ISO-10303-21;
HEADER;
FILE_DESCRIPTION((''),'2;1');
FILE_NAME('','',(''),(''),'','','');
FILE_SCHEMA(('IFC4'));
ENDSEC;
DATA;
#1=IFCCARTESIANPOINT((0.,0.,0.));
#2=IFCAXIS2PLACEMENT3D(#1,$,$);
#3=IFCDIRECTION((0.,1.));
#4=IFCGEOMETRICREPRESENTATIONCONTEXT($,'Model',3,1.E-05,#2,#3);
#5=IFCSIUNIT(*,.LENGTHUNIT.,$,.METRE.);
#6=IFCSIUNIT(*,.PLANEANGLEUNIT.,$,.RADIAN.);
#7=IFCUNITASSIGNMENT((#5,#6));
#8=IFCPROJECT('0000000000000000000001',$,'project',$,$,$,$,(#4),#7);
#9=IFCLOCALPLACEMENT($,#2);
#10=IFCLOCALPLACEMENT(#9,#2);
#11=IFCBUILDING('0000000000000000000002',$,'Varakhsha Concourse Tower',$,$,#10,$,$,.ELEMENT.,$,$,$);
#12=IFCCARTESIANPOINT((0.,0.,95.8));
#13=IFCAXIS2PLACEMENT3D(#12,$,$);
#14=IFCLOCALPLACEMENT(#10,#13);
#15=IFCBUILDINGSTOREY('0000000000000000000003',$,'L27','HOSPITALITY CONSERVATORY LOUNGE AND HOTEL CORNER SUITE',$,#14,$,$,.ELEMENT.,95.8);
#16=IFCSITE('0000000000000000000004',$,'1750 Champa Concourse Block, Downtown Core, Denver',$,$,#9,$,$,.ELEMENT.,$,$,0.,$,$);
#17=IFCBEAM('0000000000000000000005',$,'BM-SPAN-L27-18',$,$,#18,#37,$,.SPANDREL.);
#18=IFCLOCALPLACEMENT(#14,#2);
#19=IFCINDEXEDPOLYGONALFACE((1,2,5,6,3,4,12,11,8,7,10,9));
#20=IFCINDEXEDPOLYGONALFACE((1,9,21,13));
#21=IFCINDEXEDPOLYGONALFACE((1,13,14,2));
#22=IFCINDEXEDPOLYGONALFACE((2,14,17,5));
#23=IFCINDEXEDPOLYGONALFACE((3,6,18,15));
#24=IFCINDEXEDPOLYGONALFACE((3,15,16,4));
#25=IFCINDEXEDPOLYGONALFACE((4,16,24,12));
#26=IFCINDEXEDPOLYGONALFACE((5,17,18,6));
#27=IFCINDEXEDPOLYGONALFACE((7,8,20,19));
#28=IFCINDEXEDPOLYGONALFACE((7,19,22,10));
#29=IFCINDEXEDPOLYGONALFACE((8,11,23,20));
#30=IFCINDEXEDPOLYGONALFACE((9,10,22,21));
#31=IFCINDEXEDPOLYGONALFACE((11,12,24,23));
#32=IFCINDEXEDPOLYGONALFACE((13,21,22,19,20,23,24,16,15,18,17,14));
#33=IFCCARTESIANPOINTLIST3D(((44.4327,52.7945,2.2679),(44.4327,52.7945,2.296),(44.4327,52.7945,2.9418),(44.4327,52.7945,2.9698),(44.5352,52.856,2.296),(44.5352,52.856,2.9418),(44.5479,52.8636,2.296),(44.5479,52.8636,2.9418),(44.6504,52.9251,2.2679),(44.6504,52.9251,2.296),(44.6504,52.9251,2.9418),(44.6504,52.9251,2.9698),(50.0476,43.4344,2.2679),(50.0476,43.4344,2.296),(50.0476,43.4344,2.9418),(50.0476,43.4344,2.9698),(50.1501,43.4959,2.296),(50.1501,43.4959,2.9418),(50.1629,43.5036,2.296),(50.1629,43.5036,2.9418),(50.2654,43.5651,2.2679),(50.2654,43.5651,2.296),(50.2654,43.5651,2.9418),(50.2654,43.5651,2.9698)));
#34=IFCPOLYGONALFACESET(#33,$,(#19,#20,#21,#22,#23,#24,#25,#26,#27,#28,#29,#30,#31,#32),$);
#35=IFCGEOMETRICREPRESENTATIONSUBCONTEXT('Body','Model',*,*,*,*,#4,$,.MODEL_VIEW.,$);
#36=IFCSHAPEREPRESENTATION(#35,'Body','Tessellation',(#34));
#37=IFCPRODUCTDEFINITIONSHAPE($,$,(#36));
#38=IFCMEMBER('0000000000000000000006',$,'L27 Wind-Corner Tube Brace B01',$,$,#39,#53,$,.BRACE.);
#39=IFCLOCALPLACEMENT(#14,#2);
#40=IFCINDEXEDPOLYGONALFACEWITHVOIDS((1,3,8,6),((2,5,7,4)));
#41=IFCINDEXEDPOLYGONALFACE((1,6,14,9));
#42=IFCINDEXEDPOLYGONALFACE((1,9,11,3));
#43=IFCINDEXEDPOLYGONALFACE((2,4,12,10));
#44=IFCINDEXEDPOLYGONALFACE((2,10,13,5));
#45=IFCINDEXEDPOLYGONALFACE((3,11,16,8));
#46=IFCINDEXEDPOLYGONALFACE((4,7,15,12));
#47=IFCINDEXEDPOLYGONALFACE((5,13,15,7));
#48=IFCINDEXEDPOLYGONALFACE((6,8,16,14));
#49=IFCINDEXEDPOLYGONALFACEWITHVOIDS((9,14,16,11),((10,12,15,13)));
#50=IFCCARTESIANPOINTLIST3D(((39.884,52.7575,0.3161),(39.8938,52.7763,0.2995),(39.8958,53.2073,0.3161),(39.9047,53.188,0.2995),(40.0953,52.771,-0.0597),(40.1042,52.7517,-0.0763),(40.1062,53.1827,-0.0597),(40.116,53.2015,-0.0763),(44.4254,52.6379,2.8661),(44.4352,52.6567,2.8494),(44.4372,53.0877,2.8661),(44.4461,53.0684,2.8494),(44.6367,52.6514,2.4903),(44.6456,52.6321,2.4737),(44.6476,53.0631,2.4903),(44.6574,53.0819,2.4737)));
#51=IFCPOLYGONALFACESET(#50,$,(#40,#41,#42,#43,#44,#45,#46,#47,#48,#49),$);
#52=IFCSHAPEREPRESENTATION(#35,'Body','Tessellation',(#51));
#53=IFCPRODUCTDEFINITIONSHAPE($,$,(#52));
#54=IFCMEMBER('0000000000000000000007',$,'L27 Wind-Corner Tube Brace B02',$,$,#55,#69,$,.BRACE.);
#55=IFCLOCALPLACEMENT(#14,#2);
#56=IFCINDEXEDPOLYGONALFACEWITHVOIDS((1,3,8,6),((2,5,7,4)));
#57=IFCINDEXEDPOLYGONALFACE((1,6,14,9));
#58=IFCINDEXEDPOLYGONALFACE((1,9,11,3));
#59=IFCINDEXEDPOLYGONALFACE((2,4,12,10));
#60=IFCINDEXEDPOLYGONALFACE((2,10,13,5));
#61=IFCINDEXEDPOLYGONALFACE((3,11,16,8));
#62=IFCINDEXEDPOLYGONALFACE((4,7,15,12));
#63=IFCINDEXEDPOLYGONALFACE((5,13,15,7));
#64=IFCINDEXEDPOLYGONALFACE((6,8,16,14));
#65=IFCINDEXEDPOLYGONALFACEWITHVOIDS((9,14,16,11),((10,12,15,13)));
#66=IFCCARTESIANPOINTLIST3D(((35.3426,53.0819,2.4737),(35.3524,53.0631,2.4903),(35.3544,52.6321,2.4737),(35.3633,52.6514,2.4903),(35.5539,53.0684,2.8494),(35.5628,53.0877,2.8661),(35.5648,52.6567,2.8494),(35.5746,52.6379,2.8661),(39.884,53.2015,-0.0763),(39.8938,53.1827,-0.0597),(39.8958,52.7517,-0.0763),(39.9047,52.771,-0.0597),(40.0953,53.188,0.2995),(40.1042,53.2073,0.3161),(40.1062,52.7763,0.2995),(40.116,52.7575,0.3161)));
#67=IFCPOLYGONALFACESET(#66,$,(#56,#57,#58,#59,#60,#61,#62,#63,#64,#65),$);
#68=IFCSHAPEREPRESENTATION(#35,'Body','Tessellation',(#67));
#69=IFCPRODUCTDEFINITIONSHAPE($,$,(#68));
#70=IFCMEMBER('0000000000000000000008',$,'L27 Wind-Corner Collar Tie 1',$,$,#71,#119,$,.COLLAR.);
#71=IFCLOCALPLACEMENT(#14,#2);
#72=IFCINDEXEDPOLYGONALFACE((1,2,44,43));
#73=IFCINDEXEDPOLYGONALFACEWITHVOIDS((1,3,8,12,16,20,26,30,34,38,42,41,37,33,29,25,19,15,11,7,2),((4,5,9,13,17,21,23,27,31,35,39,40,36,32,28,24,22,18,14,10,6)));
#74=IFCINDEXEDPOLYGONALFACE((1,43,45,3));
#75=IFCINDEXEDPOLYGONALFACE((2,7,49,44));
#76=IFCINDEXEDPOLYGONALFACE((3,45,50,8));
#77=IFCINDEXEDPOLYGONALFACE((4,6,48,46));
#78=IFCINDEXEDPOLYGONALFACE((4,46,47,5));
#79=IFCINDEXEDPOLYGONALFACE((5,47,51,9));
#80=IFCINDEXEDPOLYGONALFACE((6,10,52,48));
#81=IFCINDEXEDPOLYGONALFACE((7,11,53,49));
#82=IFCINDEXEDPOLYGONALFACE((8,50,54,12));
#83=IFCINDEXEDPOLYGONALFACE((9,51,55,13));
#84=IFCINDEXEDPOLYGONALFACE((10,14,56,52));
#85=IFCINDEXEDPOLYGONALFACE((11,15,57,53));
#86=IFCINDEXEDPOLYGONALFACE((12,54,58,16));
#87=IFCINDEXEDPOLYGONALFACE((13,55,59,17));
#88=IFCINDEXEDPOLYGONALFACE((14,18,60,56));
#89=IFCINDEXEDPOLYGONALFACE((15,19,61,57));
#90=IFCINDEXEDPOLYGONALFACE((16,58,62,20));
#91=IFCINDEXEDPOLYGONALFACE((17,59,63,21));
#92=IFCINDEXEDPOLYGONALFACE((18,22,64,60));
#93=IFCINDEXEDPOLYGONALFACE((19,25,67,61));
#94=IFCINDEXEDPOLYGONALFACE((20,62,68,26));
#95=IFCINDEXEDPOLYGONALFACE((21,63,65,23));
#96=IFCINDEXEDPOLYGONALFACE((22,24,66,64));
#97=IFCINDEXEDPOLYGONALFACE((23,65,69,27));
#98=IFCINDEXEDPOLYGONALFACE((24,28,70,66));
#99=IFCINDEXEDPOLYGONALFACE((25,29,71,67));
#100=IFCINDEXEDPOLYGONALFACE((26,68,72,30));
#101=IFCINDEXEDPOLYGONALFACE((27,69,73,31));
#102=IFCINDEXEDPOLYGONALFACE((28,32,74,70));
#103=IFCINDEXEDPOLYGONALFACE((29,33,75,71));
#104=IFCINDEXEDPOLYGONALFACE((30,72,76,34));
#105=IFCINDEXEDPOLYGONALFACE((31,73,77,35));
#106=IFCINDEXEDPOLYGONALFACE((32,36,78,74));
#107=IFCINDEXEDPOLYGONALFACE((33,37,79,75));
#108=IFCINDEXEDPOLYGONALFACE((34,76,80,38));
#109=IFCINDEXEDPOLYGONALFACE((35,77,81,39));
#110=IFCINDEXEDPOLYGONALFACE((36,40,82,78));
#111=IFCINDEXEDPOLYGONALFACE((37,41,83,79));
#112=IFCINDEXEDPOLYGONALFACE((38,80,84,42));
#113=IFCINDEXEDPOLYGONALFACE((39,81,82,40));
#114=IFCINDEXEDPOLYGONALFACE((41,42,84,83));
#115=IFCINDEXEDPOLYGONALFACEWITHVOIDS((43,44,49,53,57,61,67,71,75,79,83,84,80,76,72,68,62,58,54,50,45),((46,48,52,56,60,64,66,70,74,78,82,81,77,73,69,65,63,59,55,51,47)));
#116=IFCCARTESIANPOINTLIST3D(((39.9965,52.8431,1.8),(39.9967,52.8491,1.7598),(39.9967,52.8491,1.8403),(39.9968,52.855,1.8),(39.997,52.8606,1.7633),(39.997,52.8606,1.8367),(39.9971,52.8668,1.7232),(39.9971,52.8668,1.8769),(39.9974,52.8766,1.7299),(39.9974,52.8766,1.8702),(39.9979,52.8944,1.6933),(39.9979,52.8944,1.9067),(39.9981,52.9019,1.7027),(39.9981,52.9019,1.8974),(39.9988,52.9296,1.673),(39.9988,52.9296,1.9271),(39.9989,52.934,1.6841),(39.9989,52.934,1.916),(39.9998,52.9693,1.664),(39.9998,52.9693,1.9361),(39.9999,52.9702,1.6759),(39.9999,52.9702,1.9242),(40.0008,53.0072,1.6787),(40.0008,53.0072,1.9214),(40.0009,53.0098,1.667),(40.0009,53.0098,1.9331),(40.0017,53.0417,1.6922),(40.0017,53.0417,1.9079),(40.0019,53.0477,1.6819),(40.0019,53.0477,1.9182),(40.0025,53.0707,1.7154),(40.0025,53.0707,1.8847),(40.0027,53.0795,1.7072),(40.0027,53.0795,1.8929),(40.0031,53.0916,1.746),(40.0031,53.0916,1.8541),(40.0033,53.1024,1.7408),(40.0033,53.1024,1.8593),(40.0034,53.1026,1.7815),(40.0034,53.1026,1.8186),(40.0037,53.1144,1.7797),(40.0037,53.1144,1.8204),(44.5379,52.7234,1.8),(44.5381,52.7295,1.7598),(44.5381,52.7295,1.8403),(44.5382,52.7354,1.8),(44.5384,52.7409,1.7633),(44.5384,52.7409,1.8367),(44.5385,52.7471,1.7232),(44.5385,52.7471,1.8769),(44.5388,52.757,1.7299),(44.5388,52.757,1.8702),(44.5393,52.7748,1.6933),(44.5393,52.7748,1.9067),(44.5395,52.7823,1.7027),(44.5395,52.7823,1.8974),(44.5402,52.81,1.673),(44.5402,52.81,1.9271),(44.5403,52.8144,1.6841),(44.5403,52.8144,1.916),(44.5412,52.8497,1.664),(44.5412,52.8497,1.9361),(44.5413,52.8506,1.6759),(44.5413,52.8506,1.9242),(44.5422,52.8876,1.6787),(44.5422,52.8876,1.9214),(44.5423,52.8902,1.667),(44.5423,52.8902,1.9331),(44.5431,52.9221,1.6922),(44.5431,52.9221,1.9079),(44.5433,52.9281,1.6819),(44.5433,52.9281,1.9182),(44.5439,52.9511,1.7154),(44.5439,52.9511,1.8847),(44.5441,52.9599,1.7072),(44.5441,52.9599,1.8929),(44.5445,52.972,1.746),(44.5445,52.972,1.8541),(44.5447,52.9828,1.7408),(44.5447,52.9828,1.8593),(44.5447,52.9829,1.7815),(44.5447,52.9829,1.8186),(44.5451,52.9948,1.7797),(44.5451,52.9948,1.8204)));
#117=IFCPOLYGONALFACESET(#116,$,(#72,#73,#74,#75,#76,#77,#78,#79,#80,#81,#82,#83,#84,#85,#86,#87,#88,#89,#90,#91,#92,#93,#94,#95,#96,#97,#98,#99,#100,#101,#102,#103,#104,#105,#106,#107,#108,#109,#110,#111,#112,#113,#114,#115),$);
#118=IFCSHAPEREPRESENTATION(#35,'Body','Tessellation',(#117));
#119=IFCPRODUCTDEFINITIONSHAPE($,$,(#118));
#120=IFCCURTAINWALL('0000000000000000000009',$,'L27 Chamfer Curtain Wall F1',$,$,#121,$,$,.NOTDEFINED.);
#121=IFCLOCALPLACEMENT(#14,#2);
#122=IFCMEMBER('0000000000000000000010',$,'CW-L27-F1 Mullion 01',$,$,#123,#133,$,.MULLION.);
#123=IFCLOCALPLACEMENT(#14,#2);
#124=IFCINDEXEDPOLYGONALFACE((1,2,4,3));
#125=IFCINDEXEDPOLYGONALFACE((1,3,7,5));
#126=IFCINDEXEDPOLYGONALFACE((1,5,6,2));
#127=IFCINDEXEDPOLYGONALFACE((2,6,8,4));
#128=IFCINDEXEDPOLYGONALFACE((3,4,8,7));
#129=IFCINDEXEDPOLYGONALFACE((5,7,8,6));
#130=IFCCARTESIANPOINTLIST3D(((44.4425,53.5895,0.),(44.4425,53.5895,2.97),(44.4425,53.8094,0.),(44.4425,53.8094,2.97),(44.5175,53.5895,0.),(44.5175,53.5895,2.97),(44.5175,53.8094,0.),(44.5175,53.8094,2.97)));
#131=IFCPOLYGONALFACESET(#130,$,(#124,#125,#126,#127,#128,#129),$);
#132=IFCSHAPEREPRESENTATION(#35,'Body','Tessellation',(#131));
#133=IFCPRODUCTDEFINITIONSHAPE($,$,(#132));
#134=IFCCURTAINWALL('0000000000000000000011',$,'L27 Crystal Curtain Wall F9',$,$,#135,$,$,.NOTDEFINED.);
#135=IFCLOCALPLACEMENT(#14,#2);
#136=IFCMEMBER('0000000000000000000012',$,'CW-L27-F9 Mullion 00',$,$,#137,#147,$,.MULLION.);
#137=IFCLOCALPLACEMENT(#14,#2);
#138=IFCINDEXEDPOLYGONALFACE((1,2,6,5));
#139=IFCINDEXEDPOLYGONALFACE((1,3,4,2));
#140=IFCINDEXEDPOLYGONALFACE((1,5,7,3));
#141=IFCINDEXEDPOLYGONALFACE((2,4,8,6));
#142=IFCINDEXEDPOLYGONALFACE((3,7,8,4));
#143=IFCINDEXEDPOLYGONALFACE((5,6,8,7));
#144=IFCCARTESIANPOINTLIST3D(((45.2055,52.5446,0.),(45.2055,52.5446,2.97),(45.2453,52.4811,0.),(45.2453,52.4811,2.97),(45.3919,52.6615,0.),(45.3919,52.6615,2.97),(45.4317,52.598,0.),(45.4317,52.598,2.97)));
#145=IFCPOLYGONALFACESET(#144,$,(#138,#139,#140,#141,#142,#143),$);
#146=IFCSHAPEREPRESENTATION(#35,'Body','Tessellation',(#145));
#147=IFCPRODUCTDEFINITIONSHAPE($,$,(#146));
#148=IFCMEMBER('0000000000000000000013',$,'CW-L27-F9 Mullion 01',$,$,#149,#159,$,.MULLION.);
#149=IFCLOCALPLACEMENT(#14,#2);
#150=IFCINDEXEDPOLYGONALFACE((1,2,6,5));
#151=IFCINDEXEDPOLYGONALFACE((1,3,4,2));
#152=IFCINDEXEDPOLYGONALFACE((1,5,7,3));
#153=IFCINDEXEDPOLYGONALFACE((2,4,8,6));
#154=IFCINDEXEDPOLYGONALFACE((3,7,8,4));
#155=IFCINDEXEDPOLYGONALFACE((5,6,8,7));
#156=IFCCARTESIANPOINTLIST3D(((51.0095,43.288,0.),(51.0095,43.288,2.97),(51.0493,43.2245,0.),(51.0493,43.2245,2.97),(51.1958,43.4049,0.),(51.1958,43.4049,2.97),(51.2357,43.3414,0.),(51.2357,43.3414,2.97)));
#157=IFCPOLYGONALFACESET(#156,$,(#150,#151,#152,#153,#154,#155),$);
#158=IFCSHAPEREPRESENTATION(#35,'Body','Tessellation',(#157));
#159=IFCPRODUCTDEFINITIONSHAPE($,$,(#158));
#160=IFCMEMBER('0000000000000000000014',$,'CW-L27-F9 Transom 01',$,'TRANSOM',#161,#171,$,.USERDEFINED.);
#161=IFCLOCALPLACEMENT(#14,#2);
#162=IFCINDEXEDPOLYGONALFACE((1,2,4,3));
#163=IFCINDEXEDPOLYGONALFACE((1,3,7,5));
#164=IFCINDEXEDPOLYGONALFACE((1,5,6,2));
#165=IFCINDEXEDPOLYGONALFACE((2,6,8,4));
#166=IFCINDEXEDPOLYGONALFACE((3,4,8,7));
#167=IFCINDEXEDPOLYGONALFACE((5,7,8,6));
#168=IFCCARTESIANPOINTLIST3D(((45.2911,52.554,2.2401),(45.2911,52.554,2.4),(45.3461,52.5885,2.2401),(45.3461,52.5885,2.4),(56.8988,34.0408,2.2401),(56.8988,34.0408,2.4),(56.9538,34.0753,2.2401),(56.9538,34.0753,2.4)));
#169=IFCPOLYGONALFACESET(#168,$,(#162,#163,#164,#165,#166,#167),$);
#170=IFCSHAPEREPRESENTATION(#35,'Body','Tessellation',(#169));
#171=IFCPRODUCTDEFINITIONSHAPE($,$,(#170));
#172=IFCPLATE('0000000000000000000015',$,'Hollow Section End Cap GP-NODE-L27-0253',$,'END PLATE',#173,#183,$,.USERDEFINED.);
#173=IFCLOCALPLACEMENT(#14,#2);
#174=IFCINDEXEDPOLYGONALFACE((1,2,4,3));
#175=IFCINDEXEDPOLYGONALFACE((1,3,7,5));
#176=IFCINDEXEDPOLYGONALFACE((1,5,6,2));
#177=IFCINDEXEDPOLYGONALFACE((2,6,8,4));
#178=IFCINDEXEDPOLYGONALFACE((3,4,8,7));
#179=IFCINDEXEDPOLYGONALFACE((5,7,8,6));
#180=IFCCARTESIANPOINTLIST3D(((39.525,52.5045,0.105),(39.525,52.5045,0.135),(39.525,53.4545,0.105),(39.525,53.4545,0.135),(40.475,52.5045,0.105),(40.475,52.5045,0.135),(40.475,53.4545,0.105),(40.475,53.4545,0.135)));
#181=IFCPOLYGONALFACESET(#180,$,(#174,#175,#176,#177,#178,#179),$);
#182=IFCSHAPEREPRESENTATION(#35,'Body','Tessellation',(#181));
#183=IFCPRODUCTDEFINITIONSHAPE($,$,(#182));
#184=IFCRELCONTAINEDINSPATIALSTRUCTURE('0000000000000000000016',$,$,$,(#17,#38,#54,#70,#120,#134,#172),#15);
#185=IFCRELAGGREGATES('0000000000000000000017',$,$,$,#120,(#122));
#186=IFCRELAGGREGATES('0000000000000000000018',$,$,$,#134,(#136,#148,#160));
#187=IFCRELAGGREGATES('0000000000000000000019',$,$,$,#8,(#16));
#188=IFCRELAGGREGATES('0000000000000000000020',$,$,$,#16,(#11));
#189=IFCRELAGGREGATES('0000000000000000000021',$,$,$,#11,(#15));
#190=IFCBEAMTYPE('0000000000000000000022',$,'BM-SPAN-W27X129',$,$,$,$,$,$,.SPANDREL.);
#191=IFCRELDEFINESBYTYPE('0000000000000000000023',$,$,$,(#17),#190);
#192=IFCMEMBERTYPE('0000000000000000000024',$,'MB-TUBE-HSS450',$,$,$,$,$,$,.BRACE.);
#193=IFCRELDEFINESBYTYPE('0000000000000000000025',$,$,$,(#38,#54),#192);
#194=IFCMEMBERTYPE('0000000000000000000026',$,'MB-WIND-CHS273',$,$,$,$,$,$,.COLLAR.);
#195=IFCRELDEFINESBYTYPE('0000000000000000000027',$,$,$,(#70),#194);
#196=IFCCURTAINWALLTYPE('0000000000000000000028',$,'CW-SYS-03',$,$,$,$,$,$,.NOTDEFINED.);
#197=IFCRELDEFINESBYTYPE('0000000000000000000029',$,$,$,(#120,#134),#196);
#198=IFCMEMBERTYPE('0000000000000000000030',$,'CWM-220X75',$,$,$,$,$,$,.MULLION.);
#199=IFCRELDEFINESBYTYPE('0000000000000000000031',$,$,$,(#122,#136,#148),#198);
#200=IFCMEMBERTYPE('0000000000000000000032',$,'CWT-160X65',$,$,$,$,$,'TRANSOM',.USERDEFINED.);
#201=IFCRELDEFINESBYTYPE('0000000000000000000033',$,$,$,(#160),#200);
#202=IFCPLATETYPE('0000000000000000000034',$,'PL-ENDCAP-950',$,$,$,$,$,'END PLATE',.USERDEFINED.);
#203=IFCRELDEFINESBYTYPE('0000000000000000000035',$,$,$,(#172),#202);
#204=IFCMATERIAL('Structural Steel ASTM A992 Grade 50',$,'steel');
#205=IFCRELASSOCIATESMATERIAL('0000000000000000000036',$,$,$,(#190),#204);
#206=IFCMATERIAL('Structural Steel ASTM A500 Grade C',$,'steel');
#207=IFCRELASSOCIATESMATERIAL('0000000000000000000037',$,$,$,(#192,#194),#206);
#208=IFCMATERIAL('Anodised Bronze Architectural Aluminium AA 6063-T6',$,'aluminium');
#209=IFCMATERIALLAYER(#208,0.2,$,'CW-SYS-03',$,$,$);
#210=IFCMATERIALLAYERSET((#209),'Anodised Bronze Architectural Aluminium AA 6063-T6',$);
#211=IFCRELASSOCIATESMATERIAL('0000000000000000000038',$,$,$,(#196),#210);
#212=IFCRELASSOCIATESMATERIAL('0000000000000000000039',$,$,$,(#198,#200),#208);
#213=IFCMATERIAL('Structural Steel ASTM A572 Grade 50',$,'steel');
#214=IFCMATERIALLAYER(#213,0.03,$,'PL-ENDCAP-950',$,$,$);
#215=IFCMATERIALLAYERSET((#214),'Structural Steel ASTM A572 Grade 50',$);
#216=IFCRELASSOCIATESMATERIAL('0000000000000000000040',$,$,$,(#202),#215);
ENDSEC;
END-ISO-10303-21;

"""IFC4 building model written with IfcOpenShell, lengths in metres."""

from ifc_helpers import new_model, si_unit, direction, frame, origin, origin_2d, place, context, subcontext, project, spatial, rectangle, hollow_rectangle, hollow_circle, i_section, extrude, source, transform, mapped, material, layer, layer_set, material_profile, profile_set, type_object, type_shapes, element, aggregate, save


model = new_model("IFC4")

# Units and contexts
model_context = context("Model", 3, precision=1e-05, world=origin(), true_north=direction((0.0, 1.0)))
body_context = subcontext(model_context, "Body", "Model", "MODEL_VIEW")
ifc_project = project(units=[si_unit("LENGTHUNIT", "METRE"), si_unit("PLANEANGLEUNIT", "RADIAN")], contexts=[model_context])

# Site, building, storey
site_placement = place(None, origin())
site = spatial("IfcSite", under=ifc_project, at=site_placement, Name="1750 Champa Concourse Block, Downtown Core, Denver", CompositionType="ELEMENT", RefElevation=0.0)
building_placement = place(site_placement, origin())
building = spatial("IfcBuilding", under=site, at=building_placement, Name="Varakhsha Concourse Tower", CompositionType="ELEMENT")
storey_placement = place(building_placement, frame((0.0, 0.0, 95.8)))
storey = spatial("IfcBuildingStorey", under=building, at=storey_placement, Name="L27", Description="HOSPITALITY CONSERVATORY LOUNGE AND HOTEL CORNER SUITE", CompositionType="ELEMENT", Elevation=95.8)

# Shared definitions
ifc_material_1 = material(Name="Structural Steel ASTM A992 Grade 50", Category="steel")
ifc_material_2 = material(Name="Structural Steel ASTM A572 Grade 50", Category="steel")

# Beam
ifc_material_profile_1 = material_profile(ifc_material_1, i_section(OverallWidth=0.2539, OverallDepth=0.7019, WebThickness=0.0149, FlangeThickness=0.0281, at=origin_2d()), Name="W27X129")
ifc_profile_set_1 = profile_set([ifc_material_profile_1], Name="Structural Steel ASTM A992 Grade 50")
beam_type_1 = type_object("IfcBeamType", Name="BM-SPAN-W27X129", PredefinedType="SPANDREL", material=ifc_profile_set_1)
beam_1_placement = place(storey_placement, frame((50.1565, 43.4998, 2.6189), z_axis=(-0.514423, 0.857536, 0.0), x_axis=(-0.857536, -0.514423, 0.0)))
element("IfcBeam", 1, at=beam_1_placement, inside=storey, type_object=beam_type_1, Name="BM-SPAN-L27-18", PredefinedType="SPANDREL", context=body_context, shape_type="SweptSolid", body=[
    extrude(i_section(OverallWidth=0.2539, OverallDepth=0.7019, WebThickness=0.0149, FlangeThickness=0.0281, at=origin_2d()), origin(), (0.0, 0.0, 1.0), 10.915),
])

# Members
ifc_material_3 = material(Name="Structural Steel ASTM A500 Grade C", Category="steel")
ifc_material_profile_2 = material_profile(ifc_material_3, hollow_rectangle(XDim=0.45, YDim=0.45, WallThickness=0.019, at=origin_2d()), Name="HSS 450x450x19")
ifc_profile_set_2 = profile_set([ifc_material_profile_2], Name="Structural Steel ASTM A500 Grade C")
member_type_1 = type_object("IfcMemberType", Name="MB-TUBE-HSS450", PredefinedType="BRACE", material=ifc_profile_set_2)
shared_shape_1 = source(origin(), body_context, "Body", "SweptSolid", [
    extrude(hollow_rectangle(XDim=0.45, YDim=0.45, WallThickness=0.019, at=origin_2d()), origin(), (0.0, 0.0, 1.0), 5.2097),
])
type_shapes(member_type_1, [shared_shape_1])
for number, where, z_axis, x_axis, name in (
    (2, (40.0, 52.9795, 0.1199), (0.871718, -0.022962, 0.489469), (0.026332, 0.999653, 0.0), "L27 Wind-Corner Tube Brace B01"),
    (3, (40.0, 52.9795, 0.1199), (-0.871718, -0.022962, 0.489469), (0.026332, -0.999653, 0.0), "L27 Wind-Corner Tube Brace B02"),
):
    element("IfcMember", number, at=place(storey_placement, frame(where, z_axis=z_axis, x_axis=x_axis)), inside=storey, type_object=member_type_1, Name=name, PredefinedType="BRACE", context=body_context, shape_type="MappedRepresentation", body=[
        mapped(shared_shape_1, transform((0.0, 0.0, 0.0), scale=1.0)),
    ])
ifc_material_profile_3 = material_profile(ifc_material_3, hollow_circle(Radius=0.1365, WallThickness=0.012, at=origin_2d()), Name="CHS 273x12")
ifc_profile_set_3 = profile_set([ifc_material_profile_3], Name="Structural Steel ASTM A500 Grade C")
member_type_2 = type_object("IfcMemberType", Name="MB-WIND-CHS273", PredefinedType="COLLAR", material=ifc_profile_set_3)
shared_shape_2 = source(origin(), body_context, "Body", "SweptSolid", [
    extrude(hollow_circle(Radius=0.1365, WallThickness=0.012, at=origin_2d()), origin(), (0.0, 0.0, 1.0), 4.543),
])
type_shapes(member_type_2, [shared_shape_2])
member_1_placement = place(storey_placement, frame((44.5415, 52.8599, 1.8), z_axis=(-0.999653, 0.026332, 0.0), x_axis=(-0.026332, -0.999653, 0.0)))
element("IfcMember", 4, at=member_1_placement, inside=storey, type_object=member_type_2, Name="L27 Wind-Corner Collar Tie 1", PredefinedType="COLLAR", context=body_context, shape_type="MappedRepresentation", body=[
    mapped(shared_shape_2, transform((0.0, 0.0, 0.0), scale=1.0)),
])

# Curtain wall, member
ifc_material_4 = material(Name="Anodised Bronze Architectural Aluminium AA 6063-T6", Category="aluminium")
ifc_layer_1 = layer(ifc_material_4, 0.2, Name="CW-SYS-03")
ifc_layer_set_1 = layer_set([ifc_layer_1], Name="Anodised Bronze Architectural Aluminium AA 6063-T6")
curtain_wall_type = type_object("IfcCurtainWallType", Name="CW-SYS-03", PredefinedType="NOTDEFINED", material=ifc_layer_set_1)
curtain_wall_1_placement = place(storey_placement, origin())
curtain_wall_1 = element("IfcCurtainWall", 5, at=curtain_wall_1_placement, inside=storey, type_object=curtain_wall_type, Name="L27 Chamfer Curtain Wall F1", PredefinedType="NOTDEFINED")
ifc_material_profile_4 = material_profile(ifc_material_4, rectangle(XDim=0.075, YDim=0.22, at=origin_2d()), Name="CWM-220X75")
ifc_profile_set_4 = profile_set([ifc_material_profile_4], Name="Anodised Bronze Architectural Aluminium AA 6063-T6")
member_type_3 = type_object("IfcMemberType", Name="CWM-220X75", PredefinedType="MULLION", material=ifc_profile_set_4)
shared_shape_3 = source(origin(), body_context, "Body", "SweptSolid", [
    extrude(rectangle(XDim=0.075, YDim=0.22, at=origin_2d()), origin(), (0.0, 0.0, 1.0), 2.97),
])
type_shapes(member_type_3, [shared_shape_3])
member_2_placement = place(storey_placement, frame((44.48, 53.6995, 0.0), z_axis=(0.0, 0.0, 1.0), x_axis=(1.0, 0.0, 0.0)))
member_2 = element("IfcMember", 6, at=member_2_placement, type_object=member_type_3, Name="CW-L27-F1 Mullion 01", PredefinedType="MULLION", context=body_context, shape_type="MappedRepresentation", body=[
    mapped(shared_shape_3, transform((0.0, 0.0, 0.0), scale=1.0)),
])

# Curtain wall, members
curtain_wall_2_placement = place(storey_placement, origin())
curtain_wall_2 = element("IfcCurtainWall", 7, at=curtain_wall_2_placement, inside=storey, type_object=curtain_wall_type, Name="L27 Crystal Curtain Wall F9", PredefinedType="NOTDEFINED")
member_3_placement = place(storey_placement, frame((45.3186, 52.5713, 0.0), z_axis=(0.0, 0.0, 1.0), x_axis=(0.531209, -0.847241, 0.0)))
member_3 = element("IfcMember", 8, at=member_3_placement, type_object=member_type_3, Name="CW-L27-F9 Mullion 00", PredefinedType="MULLION", context=body_context, shape_type="MappedRepresentation", body=[
    mapped(shared_shape_3, transform((0.0, 0.0, 0.0), scale=1.0)),
])
member_4_placement = place(storey_placement, frame((51.1226, 43.3147, 0.0), z_axis=(0.0, 0.0, 1.0), x_axis=(0.531209, -0.847241, 0.0)))
member_4 = element("IfcMember", 9, at=member_4_placement, type_object=member_type_3, Name="CW-L27-F9 Mullion 01", PredefinedType="MULLION", context=body_context, shape_type="MappedRepresentation", body=[
    mapped(shared_shape_3, transform((0.0, 0.0, 0.0), scale=1.0)),
])
ifc_material_profile_5 = material_profile(ifc_material_4, rectangle(XDim=0.0649, YDim=0.1599, at=origin_2d()), Name="CWT-160X65")
ifc_profile_set_5 = profile_set([ifc_material_profile_5], Name="Anodised Bronze Architectural Aluminium AA 6063-T6")
member_type_4 = type_object("IfcMemberType", Name="CWT-160X65", ElementType="TRANSOM", PredefinedType="USERDEFINED", material=ifc_profile_set_5)
shared_shape_4 = source(origin(), body_context, "Body", "SweptSolid", [
    extrude(rectangle(XDim=0.0649, YDim=0.1599, at=origin_2d()), origin(), (0.0, 0.0, 1.0), 21.8513),
])
type_shapes(member_type_4, [shared_shape_4])
member_5_placement = place(storey_placement, frame((45.3186, 52.5713, 2.3201), z_axis=(0.531214, -0.847238, 0.0), x_axis=(0.847238, 0.531214, 0.0)))
member_5 = element("IfcMember", 10, at=member_5_placement, type_object=member_type_4, Name="CW-L27-F9 Transom 01", ObjectType="TRANSOM", PredefinedType="USERDEFINED", context=body_context, shape_type="MappedRepresentation", body=[
    mapped(shared_shape_4, transform((0.0, 0.0, 0.0), scale=1.0)),
])

# Plate
ifc_layer_2 = layer(ifc_material_2, 0.03, Name="PL-ENDCAP-950")
ifc_layer_set_2 = layer_set([ifc_layer_2], Name="Structural Steel ASTM A572 Grade 50")
plate_type_1 = type_object("IfcPlateType", Name="PL-ENDCAP-950", ElementType="END PLATE", PredefinedType="USERDEFINED", material=ifc_layer_set_2)
shared_shape_5 = source(origin(), body_context, "Body", "SweptSolid", [
    extrude(rectangle(XDim=0.95, YDim=0.95, at=origin_2d()), origin(), (0.0, 0.0, 1.0), 0.03),
])
type_shapes(plate_type_1, [shared_shape_5])
for number, where, z_axis, x_axis, name in (
    (11, (40.0, 52.9795, 0.105), (0.0, 0.0, 1.0), (1.0, 0.0, 0.0), "Hollow Section End Cap GP-NODE-L27-0253"),
):
    element("IfcPlate", number, at=place(storey_placement, frame(where, z_axis=z_axis, x_axis=x_axis)), inside=storey, type_object=plate_type_1, Name=name, ObjectType="END PLATE", PredefinedType="USERDEFINED", context=body_context, shape_type="MappedRepresentation", body=[
        mapped(shared_shape_5, transform((0.0, 0.0, 0.0), scale=1.0)),
    ])

aggregate(curtain_wall_1, [member_2])
aggregate(curtain_wall_2, [member_3, member_4, member_5])

save(model, "model.ifc")
